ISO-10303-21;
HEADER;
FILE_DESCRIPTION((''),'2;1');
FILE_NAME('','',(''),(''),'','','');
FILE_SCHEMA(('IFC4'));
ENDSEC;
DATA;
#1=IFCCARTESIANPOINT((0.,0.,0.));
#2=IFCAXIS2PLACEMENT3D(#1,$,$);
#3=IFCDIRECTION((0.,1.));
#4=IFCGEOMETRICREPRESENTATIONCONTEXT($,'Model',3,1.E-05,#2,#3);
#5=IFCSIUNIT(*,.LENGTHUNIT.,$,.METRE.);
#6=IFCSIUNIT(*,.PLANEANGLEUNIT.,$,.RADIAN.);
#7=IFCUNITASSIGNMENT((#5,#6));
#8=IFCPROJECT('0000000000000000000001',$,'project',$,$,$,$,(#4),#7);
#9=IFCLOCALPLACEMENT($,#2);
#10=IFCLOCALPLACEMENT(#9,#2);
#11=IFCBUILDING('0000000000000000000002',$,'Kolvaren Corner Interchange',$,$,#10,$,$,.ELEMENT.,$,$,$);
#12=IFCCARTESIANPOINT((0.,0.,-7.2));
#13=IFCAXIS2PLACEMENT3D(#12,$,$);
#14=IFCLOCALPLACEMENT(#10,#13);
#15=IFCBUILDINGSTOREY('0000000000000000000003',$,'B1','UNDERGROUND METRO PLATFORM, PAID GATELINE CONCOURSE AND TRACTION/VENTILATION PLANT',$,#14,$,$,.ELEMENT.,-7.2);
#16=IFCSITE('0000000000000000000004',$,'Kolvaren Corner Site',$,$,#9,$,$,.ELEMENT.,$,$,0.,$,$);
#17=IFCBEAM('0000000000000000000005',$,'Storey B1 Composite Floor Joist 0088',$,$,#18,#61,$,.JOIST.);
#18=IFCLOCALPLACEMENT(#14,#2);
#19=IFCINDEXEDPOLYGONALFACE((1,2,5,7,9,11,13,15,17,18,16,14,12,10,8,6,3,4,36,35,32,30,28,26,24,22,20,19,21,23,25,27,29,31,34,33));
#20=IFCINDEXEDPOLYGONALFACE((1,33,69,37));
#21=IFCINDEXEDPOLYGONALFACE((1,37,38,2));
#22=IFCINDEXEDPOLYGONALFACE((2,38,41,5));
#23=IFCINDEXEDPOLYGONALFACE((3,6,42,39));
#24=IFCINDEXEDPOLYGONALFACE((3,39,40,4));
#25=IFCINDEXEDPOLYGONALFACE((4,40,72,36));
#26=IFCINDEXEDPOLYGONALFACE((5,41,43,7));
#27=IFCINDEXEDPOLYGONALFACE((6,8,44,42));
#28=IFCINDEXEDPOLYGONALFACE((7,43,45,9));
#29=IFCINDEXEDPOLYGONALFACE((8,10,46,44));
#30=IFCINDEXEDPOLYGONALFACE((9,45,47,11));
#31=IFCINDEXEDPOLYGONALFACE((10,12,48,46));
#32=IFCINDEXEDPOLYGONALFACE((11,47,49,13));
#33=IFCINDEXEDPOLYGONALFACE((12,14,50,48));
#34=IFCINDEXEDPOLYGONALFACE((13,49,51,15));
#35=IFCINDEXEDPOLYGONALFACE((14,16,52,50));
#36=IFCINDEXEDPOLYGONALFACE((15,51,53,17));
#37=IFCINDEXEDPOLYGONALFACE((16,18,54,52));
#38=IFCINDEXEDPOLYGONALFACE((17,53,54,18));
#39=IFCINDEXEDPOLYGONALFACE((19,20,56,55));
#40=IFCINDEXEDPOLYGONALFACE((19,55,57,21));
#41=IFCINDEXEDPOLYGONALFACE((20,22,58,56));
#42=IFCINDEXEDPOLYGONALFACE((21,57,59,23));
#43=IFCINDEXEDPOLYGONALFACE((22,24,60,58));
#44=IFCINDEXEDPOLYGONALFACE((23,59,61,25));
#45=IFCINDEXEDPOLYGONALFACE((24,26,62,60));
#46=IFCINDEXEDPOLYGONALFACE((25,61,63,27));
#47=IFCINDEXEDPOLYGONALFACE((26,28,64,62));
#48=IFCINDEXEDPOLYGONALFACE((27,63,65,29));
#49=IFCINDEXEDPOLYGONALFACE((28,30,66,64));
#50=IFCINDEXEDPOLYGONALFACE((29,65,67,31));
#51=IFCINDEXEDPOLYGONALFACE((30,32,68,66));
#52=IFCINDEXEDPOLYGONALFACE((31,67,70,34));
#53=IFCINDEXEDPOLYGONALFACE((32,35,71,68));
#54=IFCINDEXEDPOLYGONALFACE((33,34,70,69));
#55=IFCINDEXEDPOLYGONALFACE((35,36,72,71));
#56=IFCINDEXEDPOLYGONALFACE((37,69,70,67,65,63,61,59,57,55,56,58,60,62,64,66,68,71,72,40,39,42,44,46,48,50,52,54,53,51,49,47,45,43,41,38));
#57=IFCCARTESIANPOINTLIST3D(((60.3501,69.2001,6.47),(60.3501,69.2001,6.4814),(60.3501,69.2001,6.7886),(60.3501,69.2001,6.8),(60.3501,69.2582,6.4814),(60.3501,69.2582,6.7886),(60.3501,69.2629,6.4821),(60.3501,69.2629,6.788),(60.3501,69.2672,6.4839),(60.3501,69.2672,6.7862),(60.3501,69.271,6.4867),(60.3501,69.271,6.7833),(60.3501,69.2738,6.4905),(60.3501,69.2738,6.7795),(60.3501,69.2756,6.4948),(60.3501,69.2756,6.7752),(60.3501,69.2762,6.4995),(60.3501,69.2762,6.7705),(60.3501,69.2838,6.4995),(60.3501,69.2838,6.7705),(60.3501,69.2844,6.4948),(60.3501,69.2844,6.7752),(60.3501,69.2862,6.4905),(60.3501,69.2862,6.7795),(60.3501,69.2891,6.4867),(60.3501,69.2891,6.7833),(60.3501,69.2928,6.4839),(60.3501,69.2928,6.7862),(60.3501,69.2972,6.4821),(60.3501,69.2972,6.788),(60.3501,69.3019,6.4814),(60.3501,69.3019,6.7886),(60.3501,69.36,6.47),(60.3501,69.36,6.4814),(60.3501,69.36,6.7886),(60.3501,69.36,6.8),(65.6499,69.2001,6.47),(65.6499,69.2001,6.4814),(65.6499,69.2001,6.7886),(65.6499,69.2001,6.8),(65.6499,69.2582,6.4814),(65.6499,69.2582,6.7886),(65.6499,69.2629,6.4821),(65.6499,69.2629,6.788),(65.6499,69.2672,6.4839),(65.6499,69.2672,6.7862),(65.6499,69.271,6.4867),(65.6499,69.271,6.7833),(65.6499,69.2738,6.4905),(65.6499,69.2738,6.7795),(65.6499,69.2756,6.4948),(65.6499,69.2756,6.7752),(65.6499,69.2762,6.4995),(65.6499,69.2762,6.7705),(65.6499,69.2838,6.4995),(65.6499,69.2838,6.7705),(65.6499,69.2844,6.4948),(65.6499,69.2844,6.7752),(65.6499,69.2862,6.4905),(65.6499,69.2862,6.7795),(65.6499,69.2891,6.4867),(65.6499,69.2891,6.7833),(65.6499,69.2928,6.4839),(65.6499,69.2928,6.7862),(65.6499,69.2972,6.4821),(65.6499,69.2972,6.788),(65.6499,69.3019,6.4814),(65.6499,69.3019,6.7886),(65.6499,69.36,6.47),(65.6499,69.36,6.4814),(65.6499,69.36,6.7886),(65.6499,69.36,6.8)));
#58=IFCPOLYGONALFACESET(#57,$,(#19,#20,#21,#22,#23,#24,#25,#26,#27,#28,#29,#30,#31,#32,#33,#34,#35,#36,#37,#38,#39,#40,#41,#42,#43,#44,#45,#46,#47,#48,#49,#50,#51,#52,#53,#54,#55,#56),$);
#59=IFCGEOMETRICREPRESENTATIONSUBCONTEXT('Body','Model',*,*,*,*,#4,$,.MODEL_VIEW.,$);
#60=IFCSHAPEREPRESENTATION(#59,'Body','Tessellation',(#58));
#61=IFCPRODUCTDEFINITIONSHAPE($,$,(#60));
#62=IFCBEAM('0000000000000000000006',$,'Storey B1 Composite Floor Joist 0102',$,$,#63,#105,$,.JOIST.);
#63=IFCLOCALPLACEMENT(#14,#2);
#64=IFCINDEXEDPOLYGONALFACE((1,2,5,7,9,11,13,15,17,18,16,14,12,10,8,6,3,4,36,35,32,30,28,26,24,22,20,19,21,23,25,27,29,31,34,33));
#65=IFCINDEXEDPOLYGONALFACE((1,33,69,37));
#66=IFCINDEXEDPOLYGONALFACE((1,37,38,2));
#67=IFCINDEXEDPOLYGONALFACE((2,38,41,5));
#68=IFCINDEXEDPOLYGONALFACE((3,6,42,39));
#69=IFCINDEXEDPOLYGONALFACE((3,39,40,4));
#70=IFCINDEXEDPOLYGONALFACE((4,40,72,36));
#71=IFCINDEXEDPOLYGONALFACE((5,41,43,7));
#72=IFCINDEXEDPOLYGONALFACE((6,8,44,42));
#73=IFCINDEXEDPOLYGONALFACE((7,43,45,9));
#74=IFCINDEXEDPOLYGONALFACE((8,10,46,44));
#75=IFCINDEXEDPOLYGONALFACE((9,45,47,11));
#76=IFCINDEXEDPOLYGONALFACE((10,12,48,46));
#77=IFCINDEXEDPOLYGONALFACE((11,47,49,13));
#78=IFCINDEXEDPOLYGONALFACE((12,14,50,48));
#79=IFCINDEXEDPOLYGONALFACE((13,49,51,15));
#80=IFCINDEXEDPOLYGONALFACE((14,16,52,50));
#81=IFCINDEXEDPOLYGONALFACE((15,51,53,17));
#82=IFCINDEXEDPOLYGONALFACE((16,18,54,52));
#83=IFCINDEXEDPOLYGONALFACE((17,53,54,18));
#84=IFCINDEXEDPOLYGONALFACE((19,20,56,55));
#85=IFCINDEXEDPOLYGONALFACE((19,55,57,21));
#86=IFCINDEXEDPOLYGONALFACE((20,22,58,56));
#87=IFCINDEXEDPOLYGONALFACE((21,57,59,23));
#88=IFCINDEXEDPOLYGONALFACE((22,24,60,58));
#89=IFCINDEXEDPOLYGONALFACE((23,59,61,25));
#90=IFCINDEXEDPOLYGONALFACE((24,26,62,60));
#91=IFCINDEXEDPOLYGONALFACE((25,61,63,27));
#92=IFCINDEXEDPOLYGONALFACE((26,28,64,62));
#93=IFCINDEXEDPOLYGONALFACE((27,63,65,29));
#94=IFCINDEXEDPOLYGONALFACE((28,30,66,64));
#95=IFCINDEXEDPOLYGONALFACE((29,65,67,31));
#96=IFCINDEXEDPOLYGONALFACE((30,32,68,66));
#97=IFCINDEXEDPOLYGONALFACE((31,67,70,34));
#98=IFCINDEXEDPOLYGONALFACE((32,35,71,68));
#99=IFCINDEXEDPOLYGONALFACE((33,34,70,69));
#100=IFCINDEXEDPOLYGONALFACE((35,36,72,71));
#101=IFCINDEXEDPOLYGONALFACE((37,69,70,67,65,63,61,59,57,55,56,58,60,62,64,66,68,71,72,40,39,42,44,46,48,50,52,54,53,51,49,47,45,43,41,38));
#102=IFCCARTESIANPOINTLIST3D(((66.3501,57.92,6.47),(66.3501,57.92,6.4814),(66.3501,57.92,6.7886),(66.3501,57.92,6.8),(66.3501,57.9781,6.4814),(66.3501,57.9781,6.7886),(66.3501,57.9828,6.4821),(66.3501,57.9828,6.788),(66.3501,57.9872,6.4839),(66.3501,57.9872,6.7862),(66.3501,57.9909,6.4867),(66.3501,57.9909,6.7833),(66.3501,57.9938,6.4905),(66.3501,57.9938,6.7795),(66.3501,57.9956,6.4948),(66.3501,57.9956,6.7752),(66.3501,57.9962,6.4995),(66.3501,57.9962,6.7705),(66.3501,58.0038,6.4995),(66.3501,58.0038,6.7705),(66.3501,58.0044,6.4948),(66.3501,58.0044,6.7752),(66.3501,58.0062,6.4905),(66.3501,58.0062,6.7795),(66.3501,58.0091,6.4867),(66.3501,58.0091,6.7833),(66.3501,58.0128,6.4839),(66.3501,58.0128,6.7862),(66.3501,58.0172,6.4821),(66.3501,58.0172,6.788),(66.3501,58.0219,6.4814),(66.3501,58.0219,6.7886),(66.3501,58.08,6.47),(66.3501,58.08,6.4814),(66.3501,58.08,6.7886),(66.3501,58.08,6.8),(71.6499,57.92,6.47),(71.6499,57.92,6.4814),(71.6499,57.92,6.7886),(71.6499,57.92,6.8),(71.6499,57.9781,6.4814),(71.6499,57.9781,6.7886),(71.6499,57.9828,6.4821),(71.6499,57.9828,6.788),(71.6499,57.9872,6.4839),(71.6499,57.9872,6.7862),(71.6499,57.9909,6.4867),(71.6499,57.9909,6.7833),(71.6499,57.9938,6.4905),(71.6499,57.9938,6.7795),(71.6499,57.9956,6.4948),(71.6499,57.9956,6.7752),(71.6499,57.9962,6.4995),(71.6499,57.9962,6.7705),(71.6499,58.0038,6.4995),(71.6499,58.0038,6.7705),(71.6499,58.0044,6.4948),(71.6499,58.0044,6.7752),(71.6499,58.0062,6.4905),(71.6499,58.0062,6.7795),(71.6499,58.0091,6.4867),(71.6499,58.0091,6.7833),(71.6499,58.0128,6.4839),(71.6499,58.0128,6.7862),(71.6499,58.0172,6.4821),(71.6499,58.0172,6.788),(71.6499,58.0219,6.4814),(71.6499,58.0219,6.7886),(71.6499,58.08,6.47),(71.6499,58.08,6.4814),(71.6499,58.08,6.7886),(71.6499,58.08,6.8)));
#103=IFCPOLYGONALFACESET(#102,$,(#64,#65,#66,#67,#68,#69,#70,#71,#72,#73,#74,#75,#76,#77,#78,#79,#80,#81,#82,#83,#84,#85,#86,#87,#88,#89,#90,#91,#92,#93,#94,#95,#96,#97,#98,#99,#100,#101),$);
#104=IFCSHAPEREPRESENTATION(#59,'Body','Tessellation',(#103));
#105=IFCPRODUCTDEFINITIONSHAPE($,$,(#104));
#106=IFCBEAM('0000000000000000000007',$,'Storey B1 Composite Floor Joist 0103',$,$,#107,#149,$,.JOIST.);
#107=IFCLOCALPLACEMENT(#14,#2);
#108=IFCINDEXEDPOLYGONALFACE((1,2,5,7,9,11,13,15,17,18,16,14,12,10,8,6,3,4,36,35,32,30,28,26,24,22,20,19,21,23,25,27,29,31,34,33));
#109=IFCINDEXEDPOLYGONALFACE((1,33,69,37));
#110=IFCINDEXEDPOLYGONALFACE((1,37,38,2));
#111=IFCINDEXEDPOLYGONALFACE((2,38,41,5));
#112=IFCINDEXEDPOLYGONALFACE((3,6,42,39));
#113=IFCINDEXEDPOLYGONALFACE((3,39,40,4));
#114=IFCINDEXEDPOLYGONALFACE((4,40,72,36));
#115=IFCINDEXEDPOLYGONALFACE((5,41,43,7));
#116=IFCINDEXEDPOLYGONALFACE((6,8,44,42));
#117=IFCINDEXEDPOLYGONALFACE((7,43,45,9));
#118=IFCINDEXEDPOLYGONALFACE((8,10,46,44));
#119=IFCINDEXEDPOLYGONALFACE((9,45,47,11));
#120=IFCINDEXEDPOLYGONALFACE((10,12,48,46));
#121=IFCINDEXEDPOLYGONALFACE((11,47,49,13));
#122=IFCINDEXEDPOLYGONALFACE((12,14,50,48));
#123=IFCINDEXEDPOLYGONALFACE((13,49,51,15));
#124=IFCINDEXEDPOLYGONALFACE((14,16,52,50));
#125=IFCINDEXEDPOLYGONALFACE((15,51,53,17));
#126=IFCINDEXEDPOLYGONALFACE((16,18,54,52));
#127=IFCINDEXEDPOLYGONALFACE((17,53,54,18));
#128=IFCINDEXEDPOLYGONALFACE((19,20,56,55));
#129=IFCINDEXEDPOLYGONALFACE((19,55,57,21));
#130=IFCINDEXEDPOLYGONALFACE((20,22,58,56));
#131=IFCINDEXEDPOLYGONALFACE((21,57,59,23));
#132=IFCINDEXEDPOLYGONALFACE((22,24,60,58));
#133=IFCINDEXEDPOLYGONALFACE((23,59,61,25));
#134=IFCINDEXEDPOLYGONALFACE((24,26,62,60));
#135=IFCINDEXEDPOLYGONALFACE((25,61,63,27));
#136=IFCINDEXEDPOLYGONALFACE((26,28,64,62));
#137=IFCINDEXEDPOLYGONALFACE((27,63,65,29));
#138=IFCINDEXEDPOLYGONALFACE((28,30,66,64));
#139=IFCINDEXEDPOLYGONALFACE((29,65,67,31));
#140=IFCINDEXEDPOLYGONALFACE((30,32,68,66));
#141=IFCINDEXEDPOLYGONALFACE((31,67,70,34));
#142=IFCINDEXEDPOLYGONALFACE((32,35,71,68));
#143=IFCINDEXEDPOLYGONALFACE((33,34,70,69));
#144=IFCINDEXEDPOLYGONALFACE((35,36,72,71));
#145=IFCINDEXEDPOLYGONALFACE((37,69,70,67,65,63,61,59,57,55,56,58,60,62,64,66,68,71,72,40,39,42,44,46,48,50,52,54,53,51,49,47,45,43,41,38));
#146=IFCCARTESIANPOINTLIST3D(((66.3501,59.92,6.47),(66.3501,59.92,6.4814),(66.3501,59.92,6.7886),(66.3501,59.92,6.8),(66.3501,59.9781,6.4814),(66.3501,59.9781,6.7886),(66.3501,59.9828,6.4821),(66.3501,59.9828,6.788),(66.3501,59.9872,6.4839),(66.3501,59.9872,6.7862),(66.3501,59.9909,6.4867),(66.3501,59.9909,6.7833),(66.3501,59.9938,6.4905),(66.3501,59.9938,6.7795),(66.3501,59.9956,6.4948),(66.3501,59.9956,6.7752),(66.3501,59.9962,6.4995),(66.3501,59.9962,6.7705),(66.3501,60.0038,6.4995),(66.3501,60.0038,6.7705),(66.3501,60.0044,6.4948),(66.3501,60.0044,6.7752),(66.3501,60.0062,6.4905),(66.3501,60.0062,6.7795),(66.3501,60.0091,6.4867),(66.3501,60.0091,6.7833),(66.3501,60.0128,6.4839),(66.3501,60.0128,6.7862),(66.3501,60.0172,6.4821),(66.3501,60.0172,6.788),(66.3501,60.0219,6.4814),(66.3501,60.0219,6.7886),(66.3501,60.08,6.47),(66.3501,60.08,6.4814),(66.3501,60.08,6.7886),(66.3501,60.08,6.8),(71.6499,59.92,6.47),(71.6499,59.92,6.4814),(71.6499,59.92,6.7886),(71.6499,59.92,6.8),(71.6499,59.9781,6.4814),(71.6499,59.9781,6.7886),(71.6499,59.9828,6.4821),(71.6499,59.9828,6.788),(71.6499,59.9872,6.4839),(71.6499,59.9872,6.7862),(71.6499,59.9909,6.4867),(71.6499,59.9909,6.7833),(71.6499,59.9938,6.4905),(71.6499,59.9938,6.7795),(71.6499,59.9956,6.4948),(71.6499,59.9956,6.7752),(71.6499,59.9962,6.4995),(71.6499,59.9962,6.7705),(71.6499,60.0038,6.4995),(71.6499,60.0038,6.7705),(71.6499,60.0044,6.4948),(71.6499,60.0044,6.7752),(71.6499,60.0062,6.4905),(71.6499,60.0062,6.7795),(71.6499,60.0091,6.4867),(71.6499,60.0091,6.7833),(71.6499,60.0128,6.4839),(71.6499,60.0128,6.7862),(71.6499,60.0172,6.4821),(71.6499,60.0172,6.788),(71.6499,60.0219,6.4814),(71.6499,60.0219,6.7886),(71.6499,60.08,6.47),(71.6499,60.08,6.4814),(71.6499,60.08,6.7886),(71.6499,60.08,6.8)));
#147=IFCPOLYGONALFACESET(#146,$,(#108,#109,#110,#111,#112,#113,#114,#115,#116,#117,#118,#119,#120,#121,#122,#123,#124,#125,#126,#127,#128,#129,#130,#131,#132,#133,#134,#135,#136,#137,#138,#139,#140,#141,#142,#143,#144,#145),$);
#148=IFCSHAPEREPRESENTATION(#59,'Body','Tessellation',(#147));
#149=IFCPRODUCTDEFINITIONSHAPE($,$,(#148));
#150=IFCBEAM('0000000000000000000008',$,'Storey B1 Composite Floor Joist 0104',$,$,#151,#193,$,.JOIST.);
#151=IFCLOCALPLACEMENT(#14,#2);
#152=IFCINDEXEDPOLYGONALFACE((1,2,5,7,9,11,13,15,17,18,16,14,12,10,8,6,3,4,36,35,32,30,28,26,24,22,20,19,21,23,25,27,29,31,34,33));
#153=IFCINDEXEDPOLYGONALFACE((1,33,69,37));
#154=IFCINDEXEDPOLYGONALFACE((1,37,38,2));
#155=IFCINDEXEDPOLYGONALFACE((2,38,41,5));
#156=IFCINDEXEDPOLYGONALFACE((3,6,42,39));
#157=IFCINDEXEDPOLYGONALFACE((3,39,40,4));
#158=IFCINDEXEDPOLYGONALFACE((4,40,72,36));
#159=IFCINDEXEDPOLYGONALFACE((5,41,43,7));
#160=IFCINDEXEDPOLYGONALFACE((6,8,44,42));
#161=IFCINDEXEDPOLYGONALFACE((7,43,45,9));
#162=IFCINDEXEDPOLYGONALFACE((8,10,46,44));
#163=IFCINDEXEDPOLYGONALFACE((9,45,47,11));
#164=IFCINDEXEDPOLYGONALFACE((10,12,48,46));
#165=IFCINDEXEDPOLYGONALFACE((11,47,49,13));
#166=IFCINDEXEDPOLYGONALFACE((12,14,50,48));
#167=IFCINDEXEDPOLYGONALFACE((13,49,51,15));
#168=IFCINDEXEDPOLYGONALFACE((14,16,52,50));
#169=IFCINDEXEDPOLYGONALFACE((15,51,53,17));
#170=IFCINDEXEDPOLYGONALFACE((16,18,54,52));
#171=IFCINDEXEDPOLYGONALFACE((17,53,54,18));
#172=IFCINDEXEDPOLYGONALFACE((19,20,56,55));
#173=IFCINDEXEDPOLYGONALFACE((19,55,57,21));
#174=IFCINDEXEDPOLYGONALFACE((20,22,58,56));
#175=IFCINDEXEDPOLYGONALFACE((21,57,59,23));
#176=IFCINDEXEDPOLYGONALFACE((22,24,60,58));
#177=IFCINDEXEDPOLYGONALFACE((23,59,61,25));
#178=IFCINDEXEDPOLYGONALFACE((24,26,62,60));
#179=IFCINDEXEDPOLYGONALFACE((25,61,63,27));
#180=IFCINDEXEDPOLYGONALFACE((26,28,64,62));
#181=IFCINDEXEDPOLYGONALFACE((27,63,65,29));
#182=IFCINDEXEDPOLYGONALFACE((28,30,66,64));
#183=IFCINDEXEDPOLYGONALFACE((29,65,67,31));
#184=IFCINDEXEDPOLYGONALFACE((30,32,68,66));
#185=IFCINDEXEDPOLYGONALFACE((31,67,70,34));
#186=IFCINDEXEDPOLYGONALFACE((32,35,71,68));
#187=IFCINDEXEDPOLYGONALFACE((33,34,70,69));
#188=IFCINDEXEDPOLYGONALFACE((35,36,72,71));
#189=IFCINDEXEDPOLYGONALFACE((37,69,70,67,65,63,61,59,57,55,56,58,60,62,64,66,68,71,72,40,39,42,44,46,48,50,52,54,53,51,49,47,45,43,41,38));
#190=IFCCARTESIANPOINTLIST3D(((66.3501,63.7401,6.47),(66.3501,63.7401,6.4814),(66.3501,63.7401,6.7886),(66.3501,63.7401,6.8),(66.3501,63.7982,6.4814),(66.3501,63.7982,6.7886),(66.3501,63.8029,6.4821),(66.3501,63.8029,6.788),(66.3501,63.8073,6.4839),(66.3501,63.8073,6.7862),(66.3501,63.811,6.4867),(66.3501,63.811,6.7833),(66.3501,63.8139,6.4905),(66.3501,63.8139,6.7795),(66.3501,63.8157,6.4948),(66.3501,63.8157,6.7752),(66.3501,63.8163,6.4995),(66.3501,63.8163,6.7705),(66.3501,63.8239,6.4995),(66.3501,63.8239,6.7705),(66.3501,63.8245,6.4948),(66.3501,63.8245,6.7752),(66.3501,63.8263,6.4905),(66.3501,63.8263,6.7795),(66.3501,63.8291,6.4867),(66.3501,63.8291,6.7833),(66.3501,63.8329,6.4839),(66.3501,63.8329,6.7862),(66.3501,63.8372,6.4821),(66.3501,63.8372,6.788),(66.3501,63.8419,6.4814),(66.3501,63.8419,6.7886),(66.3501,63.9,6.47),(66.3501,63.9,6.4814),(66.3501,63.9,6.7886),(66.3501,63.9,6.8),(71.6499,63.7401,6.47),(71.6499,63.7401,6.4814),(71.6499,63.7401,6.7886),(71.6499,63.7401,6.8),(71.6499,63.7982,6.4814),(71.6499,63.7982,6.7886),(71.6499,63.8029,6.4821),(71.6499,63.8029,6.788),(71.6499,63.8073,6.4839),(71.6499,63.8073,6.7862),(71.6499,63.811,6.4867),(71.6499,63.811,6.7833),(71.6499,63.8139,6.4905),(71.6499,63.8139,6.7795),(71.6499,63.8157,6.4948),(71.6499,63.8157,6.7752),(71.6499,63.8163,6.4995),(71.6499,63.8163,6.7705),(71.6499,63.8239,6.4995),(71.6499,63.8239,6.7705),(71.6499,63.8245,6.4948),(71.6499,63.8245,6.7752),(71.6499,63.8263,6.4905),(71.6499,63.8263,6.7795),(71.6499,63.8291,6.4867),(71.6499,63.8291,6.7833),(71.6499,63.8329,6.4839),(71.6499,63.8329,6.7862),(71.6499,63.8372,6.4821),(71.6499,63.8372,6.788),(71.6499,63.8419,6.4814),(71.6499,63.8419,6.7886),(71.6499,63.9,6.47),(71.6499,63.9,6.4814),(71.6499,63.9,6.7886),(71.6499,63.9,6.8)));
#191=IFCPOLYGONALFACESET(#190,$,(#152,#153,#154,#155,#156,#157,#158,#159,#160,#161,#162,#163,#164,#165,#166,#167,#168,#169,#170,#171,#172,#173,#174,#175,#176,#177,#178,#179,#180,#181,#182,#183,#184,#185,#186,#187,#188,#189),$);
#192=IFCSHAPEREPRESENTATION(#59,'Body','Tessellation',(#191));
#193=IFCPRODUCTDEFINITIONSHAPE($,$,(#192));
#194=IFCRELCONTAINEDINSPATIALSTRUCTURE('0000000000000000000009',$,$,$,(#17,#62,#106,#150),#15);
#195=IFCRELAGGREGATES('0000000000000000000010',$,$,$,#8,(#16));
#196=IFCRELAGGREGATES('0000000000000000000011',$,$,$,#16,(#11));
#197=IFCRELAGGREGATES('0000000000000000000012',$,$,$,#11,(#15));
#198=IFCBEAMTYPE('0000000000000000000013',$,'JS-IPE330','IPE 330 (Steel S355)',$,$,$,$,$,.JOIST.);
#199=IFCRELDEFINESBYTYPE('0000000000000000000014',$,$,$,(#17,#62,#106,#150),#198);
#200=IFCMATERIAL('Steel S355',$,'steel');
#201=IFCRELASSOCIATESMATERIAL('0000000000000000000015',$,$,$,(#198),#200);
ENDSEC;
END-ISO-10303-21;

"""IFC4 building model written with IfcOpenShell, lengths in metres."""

from ifc_helpers import new_model, si_unit, direction, frame, origin, origin_2d, place, context, subcontext, project, spatial, i_section, extrude, material, material_profile, profile_set, type_object, element, save


model = new_model("IFC4")

# Units and contexts
model_context = context("Model", 3, precision=1e-05, world=origin(), true_north=direction((0.0, 1.0)))
body_context = subcontext(model_context, "Body", "Model", "MODEL_VIEW")
ifc_project = project(units=[si_unit("LENGTHUNIT", "METRE"), si_unit("PLANEANGLEUNIT", "RADIAN")], contexts=[model_context])

# Site, building, storey
site_placement = place(None, origin())
site = spatial("IfcSite", under=ifc_project, at=site_placement, Name="Kolvaren Corner Site", CompositionType="ELEMENT", RefElevation=0.0)
building_placement = place(site_placement, origin())
building = spatial("IfcBuilding", under=site, at=building_placement, Name="Kolvaren Corner Interchange", CompositionType="ELEMENT")
storey_placement = place(building_placement, frame((0.0, 0.0, -7.2)))
storey = spatial("IfcBuildingStorey", under=building, at=storey_placement, Name="B1", Description="UNDERGROUND METRO PLATFORM, PAID GATELINE CONCOURSE AND TRACTION/VENTILATION PLANT", CompositionType="ELEMENT", Elevation=-7.2)

# Beams
ifc_material_1 = material(Name="Steel S355", Category="steel")
ifc_material_profile_1 = material_profile(ifc_material_1, i_section(OverallWidth=0.1599, OverallDepth=0.3301, WebThickness=0.0076, FlangeThickness=0.0115, FilletRadius=0.0181, at=origin_2d()), Name="IPE 330")
ifc_profile_set_1 = profile_set([ifc_material_profile_1], Name="Steel S355")
beam_type_1 = type_object("IfcBeamType", Name="JS-IPE330", Description="IPE 330 (Steel S355)", PredefinedType="JOIST", material=ifc_profile_set_1)
for number, where, z_axis, x_axis, name in (
    (1, (60.3501, 69.28, 6.635), (1.0, 0.0, 0.0), (0.0, 1.0, 0.0), "Storey B1 Composite Floor Joist 0088"),
    (2, (66.3501, 58.0, 6.635), (1.0, 0.0, 0.0), (0.0, 1.0, 0.0), "Storey B1 Composite Floor Joist 0102"),
    (3, (66.3501, 60.0, 6.635), (1.0, 0.0, 0.0), (0.0, 1.0, 0.0), "Storey B1 Composite Floor Joist 0103"),
    (4, (66.3501, 63.8201, 6.635), (1.0, 0.0, 0.0), (0.0, 1.0, 0.0), "Storey B1 Composite Floor Joist 0104"),
):
    element("IfcBeam", number, at=place(storey_placement, frame(where, z_axis=z_axis, x_axis=x_axis)), inside=storey, type_object=beam_type_1, Name=name, PredefinedType="JOIST", context=body_context, shape_type="SweptSolid", body=[
        extrude(i_section(OverallWidth=0.1599, OverallDepth=0.3301, WebThickness=0.0076, FlangeThickness=0.0115, FilletRadius=0.0181, at=origin_2d()), origin(), (0.0, 0.0, 1.0), 5.2998),
    ])

save(model, "model.ifc")
